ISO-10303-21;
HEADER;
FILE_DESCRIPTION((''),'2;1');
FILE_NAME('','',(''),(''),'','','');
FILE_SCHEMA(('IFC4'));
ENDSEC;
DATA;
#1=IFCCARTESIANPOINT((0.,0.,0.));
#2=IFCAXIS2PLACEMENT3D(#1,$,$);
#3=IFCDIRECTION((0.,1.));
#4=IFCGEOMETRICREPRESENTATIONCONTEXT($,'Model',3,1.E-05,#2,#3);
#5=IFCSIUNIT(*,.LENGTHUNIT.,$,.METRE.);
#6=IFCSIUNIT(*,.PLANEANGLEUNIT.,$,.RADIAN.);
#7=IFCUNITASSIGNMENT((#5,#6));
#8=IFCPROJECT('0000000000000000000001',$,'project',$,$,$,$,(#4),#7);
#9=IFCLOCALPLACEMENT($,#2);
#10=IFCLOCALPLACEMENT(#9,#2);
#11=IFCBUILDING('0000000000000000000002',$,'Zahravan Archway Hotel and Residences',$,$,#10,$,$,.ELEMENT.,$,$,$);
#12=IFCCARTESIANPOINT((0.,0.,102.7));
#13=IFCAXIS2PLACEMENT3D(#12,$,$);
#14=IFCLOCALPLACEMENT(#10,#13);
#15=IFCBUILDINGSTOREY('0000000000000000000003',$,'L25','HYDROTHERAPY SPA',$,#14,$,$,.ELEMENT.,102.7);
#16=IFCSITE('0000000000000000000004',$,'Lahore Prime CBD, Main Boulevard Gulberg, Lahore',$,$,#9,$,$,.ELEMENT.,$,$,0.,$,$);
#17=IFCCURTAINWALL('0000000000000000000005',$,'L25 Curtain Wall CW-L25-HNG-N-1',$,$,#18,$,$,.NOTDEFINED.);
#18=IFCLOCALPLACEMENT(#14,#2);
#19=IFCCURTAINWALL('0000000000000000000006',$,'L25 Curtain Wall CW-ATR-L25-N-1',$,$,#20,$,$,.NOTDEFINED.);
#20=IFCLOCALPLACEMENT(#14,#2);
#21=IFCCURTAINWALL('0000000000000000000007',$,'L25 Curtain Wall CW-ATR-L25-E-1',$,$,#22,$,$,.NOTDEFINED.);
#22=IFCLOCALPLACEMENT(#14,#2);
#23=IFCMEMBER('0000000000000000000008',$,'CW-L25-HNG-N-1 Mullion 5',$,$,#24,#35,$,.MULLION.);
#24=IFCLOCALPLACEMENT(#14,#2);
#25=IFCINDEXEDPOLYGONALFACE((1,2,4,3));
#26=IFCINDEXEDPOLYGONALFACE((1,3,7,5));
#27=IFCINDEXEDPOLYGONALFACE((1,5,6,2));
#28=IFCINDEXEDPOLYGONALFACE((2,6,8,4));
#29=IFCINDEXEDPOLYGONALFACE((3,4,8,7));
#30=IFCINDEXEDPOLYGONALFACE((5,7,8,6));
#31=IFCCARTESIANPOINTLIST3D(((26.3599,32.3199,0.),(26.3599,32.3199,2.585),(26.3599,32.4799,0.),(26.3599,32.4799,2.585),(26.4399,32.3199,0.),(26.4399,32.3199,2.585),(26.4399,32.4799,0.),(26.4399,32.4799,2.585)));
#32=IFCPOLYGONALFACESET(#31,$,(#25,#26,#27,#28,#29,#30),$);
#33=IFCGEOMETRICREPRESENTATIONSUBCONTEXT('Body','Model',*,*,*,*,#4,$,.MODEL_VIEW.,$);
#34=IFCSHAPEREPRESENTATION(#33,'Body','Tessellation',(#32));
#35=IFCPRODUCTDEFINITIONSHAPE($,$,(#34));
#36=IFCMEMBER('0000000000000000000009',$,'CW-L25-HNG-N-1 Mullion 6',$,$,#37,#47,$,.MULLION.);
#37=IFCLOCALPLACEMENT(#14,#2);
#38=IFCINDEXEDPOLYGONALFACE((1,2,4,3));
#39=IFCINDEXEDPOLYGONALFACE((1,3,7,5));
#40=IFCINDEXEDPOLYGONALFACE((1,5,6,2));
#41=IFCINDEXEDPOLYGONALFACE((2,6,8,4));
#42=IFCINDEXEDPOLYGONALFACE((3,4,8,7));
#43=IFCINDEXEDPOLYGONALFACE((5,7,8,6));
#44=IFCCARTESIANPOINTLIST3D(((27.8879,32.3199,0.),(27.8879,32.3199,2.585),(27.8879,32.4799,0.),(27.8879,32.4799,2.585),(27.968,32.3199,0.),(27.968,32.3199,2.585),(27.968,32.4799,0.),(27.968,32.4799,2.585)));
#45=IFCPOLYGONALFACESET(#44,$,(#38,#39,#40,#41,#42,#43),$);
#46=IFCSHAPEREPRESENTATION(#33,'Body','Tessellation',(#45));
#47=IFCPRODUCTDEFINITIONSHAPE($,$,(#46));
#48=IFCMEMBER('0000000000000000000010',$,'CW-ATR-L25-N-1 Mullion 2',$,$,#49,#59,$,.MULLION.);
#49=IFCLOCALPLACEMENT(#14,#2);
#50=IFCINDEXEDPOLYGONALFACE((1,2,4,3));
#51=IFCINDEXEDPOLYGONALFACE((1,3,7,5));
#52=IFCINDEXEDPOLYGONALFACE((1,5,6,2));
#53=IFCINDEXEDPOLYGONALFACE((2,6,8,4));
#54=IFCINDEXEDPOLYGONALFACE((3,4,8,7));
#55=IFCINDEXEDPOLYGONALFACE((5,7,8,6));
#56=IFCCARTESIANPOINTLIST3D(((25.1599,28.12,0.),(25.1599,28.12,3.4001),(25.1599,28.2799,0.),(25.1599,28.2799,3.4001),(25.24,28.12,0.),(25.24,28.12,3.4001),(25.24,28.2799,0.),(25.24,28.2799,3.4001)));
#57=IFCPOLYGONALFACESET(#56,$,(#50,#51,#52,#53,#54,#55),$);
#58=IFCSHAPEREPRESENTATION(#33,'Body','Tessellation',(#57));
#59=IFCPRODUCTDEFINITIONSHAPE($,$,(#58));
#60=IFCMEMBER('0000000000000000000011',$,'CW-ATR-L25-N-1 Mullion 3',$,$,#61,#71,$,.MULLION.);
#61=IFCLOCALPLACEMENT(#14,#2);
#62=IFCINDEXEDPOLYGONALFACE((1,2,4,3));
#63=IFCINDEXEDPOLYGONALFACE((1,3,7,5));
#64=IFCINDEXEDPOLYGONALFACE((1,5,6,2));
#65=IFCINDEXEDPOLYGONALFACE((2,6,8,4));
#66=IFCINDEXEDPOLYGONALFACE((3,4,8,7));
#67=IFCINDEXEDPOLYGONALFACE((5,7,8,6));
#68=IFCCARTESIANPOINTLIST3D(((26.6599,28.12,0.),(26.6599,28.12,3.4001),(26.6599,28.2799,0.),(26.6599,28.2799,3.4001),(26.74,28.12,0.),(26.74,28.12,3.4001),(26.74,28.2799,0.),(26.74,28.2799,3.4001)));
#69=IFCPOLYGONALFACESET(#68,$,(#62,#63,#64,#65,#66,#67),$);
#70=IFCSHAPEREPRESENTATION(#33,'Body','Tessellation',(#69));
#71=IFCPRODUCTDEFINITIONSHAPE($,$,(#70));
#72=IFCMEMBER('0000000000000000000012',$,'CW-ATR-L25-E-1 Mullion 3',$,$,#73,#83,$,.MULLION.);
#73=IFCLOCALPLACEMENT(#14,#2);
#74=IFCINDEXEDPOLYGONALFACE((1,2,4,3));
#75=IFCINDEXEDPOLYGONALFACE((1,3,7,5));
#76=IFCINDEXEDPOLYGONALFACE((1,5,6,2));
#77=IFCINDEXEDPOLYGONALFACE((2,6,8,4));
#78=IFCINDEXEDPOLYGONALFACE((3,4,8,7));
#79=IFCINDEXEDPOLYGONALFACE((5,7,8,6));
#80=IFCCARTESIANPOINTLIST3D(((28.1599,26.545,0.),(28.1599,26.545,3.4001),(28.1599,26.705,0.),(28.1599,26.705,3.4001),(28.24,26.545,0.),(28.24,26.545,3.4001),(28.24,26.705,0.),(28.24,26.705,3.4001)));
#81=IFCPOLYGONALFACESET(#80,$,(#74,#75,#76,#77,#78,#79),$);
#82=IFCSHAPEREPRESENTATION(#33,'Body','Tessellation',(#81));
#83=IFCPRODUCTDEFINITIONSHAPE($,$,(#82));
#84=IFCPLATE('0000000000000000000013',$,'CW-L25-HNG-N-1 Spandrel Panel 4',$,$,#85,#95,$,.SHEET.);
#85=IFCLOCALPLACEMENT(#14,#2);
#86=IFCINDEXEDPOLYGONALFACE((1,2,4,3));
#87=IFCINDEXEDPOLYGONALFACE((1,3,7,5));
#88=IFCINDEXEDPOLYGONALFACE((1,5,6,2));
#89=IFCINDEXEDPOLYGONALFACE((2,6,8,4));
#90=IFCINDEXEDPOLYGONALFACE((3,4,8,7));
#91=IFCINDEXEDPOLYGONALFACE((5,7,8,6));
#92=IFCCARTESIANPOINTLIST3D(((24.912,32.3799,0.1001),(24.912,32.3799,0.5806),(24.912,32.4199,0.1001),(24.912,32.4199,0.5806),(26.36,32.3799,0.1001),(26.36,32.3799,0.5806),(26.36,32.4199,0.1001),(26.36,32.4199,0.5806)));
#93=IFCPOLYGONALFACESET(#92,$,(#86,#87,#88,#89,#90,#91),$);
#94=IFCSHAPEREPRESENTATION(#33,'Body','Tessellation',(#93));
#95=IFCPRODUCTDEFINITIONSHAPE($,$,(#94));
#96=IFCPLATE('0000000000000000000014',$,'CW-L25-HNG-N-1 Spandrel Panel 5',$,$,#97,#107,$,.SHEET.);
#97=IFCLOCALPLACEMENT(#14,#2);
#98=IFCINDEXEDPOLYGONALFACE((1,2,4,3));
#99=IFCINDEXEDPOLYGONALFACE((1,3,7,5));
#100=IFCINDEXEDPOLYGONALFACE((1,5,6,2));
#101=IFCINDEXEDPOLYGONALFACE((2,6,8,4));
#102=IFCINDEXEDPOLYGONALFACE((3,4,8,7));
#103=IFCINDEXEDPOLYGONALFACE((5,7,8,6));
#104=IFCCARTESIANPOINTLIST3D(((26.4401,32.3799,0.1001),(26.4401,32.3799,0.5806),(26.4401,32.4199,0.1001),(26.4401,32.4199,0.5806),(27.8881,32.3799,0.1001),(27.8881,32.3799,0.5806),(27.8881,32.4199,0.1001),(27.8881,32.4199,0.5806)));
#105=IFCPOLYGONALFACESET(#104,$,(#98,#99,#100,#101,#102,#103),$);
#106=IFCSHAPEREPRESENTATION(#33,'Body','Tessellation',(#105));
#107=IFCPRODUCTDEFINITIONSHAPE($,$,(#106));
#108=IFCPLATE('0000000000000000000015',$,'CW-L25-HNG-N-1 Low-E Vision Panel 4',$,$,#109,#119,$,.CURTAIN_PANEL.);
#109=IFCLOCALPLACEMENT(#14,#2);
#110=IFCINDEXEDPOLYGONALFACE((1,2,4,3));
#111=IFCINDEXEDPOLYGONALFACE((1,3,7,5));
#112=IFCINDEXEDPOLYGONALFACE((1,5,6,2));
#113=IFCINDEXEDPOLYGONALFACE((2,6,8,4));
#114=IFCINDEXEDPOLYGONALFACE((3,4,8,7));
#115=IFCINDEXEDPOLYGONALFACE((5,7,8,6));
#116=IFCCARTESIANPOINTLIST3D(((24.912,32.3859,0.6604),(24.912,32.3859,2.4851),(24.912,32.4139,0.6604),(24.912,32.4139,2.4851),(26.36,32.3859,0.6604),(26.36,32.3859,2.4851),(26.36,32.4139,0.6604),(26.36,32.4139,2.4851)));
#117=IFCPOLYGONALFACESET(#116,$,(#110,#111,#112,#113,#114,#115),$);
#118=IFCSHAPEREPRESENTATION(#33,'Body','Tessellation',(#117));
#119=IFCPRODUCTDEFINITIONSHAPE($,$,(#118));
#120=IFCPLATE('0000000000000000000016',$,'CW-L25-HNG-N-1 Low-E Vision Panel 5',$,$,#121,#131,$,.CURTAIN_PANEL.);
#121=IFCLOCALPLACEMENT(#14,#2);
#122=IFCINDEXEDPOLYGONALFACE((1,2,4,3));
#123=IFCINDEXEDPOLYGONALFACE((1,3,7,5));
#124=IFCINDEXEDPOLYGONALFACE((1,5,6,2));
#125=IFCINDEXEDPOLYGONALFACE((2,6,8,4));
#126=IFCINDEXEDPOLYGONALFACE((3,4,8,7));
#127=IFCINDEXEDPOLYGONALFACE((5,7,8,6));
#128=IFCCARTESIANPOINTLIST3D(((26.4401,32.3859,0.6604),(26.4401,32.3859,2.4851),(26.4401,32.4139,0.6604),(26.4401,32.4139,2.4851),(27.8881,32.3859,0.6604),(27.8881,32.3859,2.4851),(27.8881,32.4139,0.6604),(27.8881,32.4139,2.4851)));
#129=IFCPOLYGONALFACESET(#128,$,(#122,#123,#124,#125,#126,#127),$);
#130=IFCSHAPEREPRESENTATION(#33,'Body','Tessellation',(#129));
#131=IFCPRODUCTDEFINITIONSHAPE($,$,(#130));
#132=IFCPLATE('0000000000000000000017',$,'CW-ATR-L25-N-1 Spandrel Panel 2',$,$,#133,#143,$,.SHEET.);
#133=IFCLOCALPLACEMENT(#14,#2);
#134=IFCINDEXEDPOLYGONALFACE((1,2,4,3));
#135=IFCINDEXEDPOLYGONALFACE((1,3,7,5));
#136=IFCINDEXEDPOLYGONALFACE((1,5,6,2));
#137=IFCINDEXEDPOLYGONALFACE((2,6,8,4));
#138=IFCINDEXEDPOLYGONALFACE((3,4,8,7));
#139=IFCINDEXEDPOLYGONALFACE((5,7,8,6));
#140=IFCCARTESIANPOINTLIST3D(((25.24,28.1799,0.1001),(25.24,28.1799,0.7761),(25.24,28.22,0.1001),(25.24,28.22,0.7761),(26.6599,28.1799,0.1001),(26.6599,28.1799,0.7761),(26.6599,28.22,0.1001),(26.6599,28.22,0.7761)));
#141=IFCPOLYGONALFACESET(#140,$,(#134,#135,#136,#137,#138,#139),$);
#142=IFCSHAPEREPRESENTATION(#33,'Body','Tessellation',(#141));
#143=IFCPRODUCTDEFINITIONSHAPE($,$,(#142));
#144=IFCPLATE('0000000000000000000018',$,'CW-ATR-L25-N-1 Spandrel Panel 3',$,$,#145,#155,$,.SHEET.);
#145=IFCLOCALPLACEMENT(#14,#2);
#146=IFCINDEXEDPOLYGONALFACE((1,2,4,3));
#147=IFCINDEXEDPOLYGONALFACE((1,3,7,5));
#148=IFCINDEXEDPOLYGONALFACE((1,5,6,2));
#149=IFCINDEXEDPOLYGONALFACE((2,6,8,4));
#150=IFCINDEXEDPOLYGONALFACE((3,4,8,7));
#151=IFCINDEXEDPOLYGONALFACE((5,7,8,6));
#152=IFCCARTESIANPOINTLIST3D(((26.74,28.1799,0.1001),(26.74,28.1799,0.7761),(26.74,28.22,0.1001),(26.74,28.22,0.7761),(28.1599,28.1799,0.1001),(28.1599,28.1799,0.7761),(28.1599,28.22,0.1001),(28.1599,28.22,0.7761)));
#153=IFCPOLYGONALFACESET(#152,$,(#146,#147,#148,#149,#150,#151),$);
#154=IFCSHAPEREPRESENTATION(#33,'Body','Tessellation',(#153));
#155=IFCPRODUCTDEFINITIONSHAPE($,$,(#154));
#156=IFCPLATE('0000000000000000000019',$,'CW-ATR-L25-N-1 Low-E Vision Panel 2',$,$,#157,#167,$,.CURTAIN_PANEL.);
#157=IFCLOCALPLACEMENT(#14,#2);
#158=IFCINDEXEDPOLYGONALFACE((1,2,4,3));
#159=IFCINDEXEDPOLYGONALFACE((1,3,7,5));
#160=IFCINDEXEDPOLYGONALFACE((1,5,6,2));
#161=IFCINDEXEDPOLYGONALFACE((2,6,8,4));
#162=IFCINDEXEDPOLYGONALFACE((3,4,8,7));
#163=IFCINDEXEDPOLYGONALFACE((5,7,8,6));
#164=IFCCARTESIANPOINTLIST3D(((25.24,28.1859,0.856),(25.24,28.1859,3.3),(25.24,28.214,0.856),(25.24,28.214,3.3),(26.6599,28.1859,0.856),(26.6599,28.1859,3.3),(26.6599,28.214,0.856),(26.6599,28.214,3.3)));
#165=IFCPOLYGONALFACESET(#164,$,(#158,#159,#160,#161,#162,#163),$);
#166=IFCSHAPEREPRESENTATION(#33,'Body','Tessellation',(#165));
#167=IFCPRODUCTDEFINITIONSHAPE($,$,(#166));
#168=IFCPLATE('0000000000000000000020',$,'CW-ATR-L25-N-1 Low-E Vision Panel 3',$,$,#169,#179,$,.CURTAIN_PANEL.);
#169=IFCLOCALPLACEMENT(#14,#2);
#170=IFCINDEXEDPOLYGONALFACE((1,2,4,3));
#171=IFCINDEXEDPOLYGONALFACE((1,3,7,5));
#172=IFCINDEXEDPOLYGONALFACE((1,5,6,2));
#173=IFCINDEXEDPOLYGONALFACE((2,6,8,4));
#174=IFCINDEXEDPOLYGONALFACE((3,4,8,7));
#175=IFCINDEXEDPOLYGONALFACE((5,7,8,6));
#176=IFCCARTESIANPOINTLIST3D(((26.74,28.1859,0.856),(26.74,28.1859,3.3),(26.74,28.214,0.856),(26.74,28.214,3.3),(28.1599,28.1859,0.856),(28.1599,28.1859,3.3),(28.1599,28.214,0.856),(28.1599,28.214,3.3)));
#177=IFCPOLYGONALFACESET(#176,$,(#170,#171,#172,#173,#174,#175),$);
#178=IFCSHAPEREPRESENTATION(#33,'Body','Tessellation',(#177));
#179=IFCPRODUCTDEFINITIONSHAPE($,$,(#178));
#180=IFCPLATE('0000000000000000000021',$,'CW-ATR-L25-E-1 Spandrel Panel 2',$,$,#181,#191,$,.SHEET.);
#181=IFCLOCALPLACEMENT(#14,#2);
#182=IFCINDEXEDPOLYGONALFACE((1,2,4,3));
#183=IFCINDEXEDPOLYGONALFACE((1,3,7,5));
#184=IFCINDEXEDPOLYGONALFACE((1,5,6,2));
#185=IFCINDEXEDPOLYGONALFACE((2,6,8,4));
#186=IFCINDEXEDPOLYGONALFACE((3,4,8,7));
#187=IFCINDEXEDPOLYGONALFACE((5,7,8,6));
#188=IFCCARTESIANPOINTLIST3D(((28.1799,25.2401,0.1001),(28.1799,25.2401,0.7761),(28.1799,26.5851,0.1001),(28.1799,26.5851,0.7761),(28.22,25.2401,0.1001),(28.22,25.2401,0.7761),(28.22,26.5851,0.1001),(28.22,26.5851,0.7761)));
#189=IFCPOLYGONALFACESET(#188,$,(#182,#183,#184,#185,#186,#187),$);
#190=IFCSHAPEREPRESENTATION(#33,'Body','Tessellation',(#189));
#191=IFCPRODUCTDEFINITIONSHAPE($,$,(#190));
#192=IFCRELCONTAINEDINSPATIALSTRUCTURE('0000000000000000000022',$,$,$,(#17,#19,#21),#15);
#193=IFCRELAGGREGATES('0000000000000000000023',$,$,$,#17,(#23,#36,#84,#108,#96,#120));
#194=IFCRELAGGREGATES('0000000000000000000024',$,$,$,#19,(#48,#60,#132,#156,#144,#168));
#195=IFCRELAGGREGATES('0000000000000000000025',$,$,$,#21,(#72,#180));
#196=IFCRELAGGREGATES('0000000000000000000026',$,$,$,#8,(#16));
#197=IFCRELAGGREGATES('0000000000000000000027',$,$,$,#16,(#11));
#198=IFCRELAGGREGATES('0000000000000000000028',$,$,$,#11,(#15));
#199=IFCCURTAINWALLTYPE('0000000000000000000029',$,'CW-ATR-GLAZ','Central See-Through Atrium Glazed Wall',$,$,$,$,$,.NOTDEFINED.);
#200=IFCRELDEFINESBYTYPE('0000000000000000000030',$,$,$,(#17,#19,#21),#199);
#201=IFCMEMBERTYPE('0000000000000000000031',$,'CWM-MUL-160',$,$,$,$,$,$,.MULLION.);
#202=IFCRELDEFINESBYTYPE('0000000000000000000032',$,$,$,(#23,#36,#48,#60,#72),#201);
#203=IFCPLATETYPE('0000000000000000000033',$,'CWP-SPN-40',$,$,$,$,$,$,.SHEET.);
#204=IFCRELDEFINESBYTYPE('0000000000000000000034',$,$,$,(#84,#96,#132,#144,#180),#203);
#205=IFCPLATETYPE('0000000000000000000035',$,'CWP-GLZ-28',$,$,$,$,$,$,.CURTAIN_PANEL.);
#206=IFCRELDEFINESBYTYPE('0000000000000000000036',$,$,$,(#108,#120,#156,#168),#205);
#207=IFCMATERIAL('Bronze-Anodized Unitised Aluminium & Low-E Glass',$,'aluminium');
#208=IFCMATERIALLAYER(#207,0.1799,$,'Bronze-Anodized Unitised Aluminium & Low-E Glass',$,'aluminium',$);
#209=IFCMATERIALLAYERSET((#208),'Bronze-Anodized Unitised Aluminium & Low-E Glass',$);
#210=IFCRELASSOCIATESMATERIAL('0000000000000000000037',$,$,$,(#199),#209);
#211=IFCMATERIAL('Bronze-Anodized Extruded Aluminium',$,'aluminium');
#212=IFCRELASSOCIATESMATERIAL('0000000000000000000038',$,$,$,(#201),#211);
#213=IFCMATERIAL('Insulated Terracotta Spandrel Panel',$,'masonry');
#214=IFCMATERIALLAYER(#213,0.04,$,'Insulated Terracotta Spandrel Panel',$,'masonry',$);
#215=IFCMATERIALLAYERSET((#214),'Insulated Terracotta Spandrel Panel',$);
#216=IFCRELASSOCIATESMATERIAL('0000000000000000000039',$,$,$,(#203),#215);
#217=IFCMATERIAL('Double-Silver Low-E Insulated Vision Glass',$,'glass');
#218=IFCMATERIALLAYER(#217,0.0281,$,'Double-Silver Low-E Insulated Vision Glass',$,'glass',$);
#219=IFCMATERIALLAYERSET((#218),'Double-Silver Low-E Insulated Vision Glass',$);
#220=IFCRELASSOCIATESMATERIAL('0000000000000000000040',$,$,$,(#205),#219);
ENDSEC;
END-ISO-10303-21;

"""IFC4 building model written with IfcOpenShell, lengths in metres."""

from ifc_helpers import new_model, si_unit, direction, frame, origin, origin_2d, place, context, subcontext, project, spatial, rectangle, extrude, source, transform, mapped, material, layer, layer_set, material_profile, profile_set, type_object, element, aggregate, save


model = new_model("IFC4")

# Units and contexts
model_context = context("Model", 3, precision=1e-05, world=origin(), true_north=direction((0.0, 1.0)))
body_context = subcontext(model_context, "Body", "Model", "MODEL_VIEW")
ifc_project = project(units=[si_unit("LENGTHUNIT", "METRE"), si_unit("PLANEANGLEUNIT", "RADIAN")], contexts=[model_context])

# Site, building, storey
site_placement = place(None, origin())
site = spatial("IfcSite", under=ifc_project, at=site_placement, Name="Lahore Prime CBD, Main Boulevard Gulberg, Lahore", CompositionType="ELEMENT", RefElevation=0.0)
building_placement = place(site_placement, origin())
building = spatial("IfcBuilding", under=site, at=building_placement, Name="Zahravan Archway Hotel and Residences", CompositionType="ELEMENT")
storey_placement = place(building_placement, frame((0.0, 0.0, 102.7)))
storey = spatial("IfcBuildingStorey", under=building, at=storey_placement, Name="L25", Description="HYDROTHERAPY SPA", CompositionType="ELEMENT", Elevation=102.7)

# Curtain walls
ifc_material_1 = material(Name="Bronze-Anodized Unitised Aluminium & Low-E Glass", Category="aluminium")
ifc_layer_1 = layer(ifc_material_1, 0.1799, Name="Bronze-Anodized Unitised Aluminium & Low-E Glass", Category="aluminium")
ifc_layer_set_1 = layer_set([ifc_layer_1], Name="Bronze-Anodized Unitised Aluminium & Low-E Glass")
curtain_wall_type = type_object("IfcCurtainWallType", Name="CW-ATR-GLAZ", Description="Central See-Through Atrium Glazed Wall", PredefinedType="NOTDEFINED", material=ifc_layer_set_1)
curtain_wall_1_placement = place(storey_placement, origin())
curtain_wall_1 = element("IfcCurtainWall", 1, at=curtain_wall_1_placement, inside=storey, type_object=curtain_wall_type, Name="L25 Curtain Wall CW-L25-HNG-N-1", PredefinedType="NOTDEFINED")
ifc_material_2 = material(Name="Bronze-Anodized Extruded Aluminium", Category="aluminium")
curtain_wall_2_placement = place(storey_placement, origin())
curtain_wall_2 = element("IfcCurtainWall", 2, at=curtain_wall_2_placement, inside=storey, type_object=curtain_wall_type, Name="L25 Curtain Wall CW-ATR-L25-N-1", PredefinedType="NOTDEFINED")
curtain_wall_3_placement = place(storey_placement, origin())
curtain_wall_3 = element("IfcCurtainWall", 3, at=curtain_wall_3_placement, inside=storey, type_object=curtain_wall_type, Name="L25 Curtain Wall CW-ATR-L25-E-1", PredefinedType="NOTDEFINED")

# Members
ifc_material_profile_1 = material_profile(ifc_material_2, rectangle(XDim=0.0801, YDim=0.1599, at=origin_2d()), Name="MUL 80x160", Category="aluminium")
ifc_profile_set_1 = profile_set([ifc_material_profile_1], Name="Bronze-Anodized Extruded Aluminium")
member_type_1 = type_object("IfcMemberType", Name="CWM-MUL-160", PredefinedType="MULLION", material=ifc_profile_set_1)
shared_shape_1 = source(origin(), body_context, "Body", "SweptSolid", [
    extrude(rectangle(XDim=0.0801, YDim=0.1599, at=origin_2d()), origin(), (0.0, 0.0, 1.0), 2.585),
])
member_1_placement = place(storey_placement, frame((26.3999, 32.3999, 0.0), z_axis=(0.0, 0.0, 1.0), x_axis=(1.0, 0.0, 0.0)))
member_1 = element("IfcMember", 4, at=member_1_placement, type_object=member_type_1, Name="CW-L25-HNG-N-1 Mullion 5", PredefinedType="MULLION", context=body_context, shape_type="MappedRepresentation", body=[
    mapped(shared_shape_1, transform((0.0, 0.0, 0.0), scale=1.0)),
])
member_2_placement = place(storey_placement, frame((27.928, 32.3999, 0.0), z_axis=(0.0, 0.0, 1.0), x_axis=(1.0, 0.0, 0.0)))
member_2 = element("IfcMember", 5, at=member_2_placement, type_object=member_type_1, Name="CW-L25-HNG-N-1 Mullion 6", PredefinedType="MULLION", context=body_context, shape_type="MappedRepresentation", body=[
    mapped(shared_shape_1, transform((0.0, 0.0, 0.0), scale=1.0)),
])
shared_shape_2 = source(origin(), body_context, "Body", "SweptSolid", [
    extrude(rectangle(XDim=0.0801, YDim=0.1599, at=origin_2d()), origin(), (0.0, 0.0, 1.0), 3.4001),
])
member_3_placement = place(storey_placement, frame((25.2, 28.2, 0.0), z_axis=(0.0, 0.0, 1.0), x_axis=(1.0, 0.0, 0.0)))
member_3 = element("IfcMember", 6, at=member_3_placement, type_object=member_type_1, Name="CW-ATR-L25-N-1 Mullion 2", PredefinedType="MULLION", context=body_context, shape_type="MappedRepresentation", body=[
    mapped(shared_shape_2, transform((0.0, 0.0, 0.0), scale=1.0)),
])
member_4_placement = place(storey_placement, frame((26.7, 28.2, 0.0), z_axis=(0.0, 0.0, 1.0), x_axis=(1.0, 0.0, 0.0)))
member_4 = element("IfcMember", 7, at=member_4_placement, type_object=member_type_1, Name="CW-ATR-L25-N-1 Mullion 3", PredefinedType="MULLION", context=body_context, shape_type="MappedRepresentation", body=[
    mapped(shared_shape_2, transform((0.0, 0.0, 0.0), scale=1.0)),
])
member_5_placement = place(storey_placement, frame((28.2, 26.625, 0.0), z_axis=(0.0, 0.0, 1.0), x_axis=(1.0, 0.0, 0.0)))
member_5 = element("IfcMember", 8, at=member_5_placement, type_object=member_type_1, Name="CW-ATR-L25-E-1 Mullion 3", PredefinedType="MULLION", context=body_context, shape_type="MappedRepresentation", body=[
    mapped(shared_shape_2, transform((0.0, 0.0, 0.0), scale=1.0)),
])

# Plates
ifc_material_3 = material(Name="Insulated Terracotta Spandrel Panel", Category="masonry")
ifc_layer_2 = layer(ifc_material_3, 0.04, Name="Insulated Terracotta Spandrel Panel", Category="masonry")
ifc_layer_set_2 = layer_set([ifc_layer_2], Name="Insulated Terracotta Spandrel Panel")
plate_type_1 = type_object("IfcPlateType", Name="CWP-SPN-40", PredefinedType="SHEET", material=ifc_layer_set_2)
shared_shape_3 = source(origin(), body_context, "Body", "SweptSolid", [
    extrude(rectangle(XDim=1.448, YDim=0.04, at=origin_2d()), origin(), (0.0, 0.0, 1.0), 0.4805),
])
plate_1_placement = place(storey_placement, frame((25.636, 32.3999, 0.1001), z_axis=(0.0, 0.0, 1.0), x_axis=(1.0, 0.0, 0.0)))
plate_1 = element("IfcPlate", 9, at=plate_1_placement, type_object=plate_type_1, Name="CW-L25-HNG-N-1 Spandrel Panel 4", PredefinedType="SHEET", context=body_context, shape_type="MappedRepresentation", body=[
    mapped(shared_shape_3, transform((0.0, 0.0, 0.0), scale=1.0)),
])
plate_2_placement = place(storey_placement, frame((27.1641, 32.3999, 0.1001), z_axis=(0.0, 0.0, 1.0), x_axis=(1.0, 0.0, 0.0)))
plate_2 = element("IfcPlate", 10, at=plate_2_placement, type_object=plate_type_1, Name="CW-L25-HNG-N-1 Spandrel Panel 5", PredefinedType="SHEET", context=body_context, shape_type="MappedRepresentation", body=[
    mapped(shared_shape_3, transform((0.0, 0.0, 0.0), scale=1.0)),
])
ifc_material_4 = material(Name="Double-Silver Low-E Insulated Vision Glass", Category="glass")
ifc_layer_3 = layer(ifc_material_4, 0.0281, Name="Double-Silver Low-E Insulated Vision Glass", Category="glass")
ifc_layer_set_3 = layer_set([ifc_layer_3], Name="Double-Silver Low-E Insulated Vision Glass")
plate_type_2 = type_object("IfcPlateType", Name="CWP-GLZ-28", PredefinedType="CURTAIN_PANEL", material=ifc_layer_set_3)
shared_shape_4 = source(origin(), body_context, "Body", "SweptSolid", [
    extrude(rectangle(XDim=1.448, YDim=0.0281, at=origin_2d()), origin(), (0.0, 0.0, 1.0), 1.8247),
])
plate_3_placement = place(storey_placement, frame((25.636, 32.3999, 0.6604), z_axis=(0.0, 0.0, 1.0), x_axis=(1.0, 0.0, 0.0)))
plate_3 = element("IfcPlate", 11, at=plate_3_placement, type_object=plate_type_2, Name="CW-L25-HNG-N-1 Low-E Vision Panel 4", PredefinedType="CURTAIN_PANEL", context=body_context, shape_type="MappedRepresentation", body=[
    mapped(shared_shape_4, transform((0.0, 0.0, 0.0), scale=1.0)),
])
plate_4_placement = place(storey_placement, frame((27.1641, 32.3999, 0.6604), z_axis=(0.0, 0.0, 1.0), x_axis=(1.0, 0.0, 0.0)))
plate_4 = element("IfcPlate", 12, at=plate_4_placement, type_object=plate_type_2, Name="CW-L25-HNG-N-1 Low-E Vision Panel 5", PredefinedType="CURTAIN_PANEL", context=body_context, shape_type="MappedRepresentation", body=[
    mapped(shared_shape_4, transform((0.0, 0.0, 0.0), scale=1.0)),
])
aggregate(curtain_wall_1, [member_1, member_2, plate_1, plate_3, plate_2, plate_4])
shared_shape_5 = source(origin(), body_context, "Body", "SweptSolid", [
    extrude(rectangle(XDim=1.4199, YDim=0.04, at=origin_2d()), origin(), (0.0, 0.0, 1.0), 0.676),
])
plate_5_placement = place(storey_placement, frame((25.95, 28.2, 0.1001), z_axis=(0.0, 0.0, 1.0), x_axis=(1.0, 0.0, 0.0)))
plate_5 = element("IfcPlate", 13, at=plate_5_placement, type_object=plate_type_1, Name="CW-ATR-L25-N-1 Spandrel Panel 2", PredefinedType="SHEET", context=body_context, shape_type="MappedRepresentation", body=[
    mapped(shared_shape_5, transform((0.0, 0.0, 0.0), scale=1.0)),
])
plate_6_placement = place(storey_placement, frame((27.45, 28.2, 0.1001), z_axis=(0.0, 0.0, 1.0), x_axis=(1.0, 0.0, 0.0)))
plate_6 = element("IfcPlate", 14, at=plate_6_placement, type_object=plate_type_1, Name="CW-ATR-L25-N-1 Spandrel Panel 3", PredefinedType="SHEET", context=body_context, shape_type="MappedRepresentation", body=[
    mapped(shared_shape_5, transform((0.0, 0.0, 0.0), scale=1.0)),
])
shared_shape_6 = source(origin(), body_context, "Body", "SweptSolid", [
    extrude(rectangle(XDim=1.4199, YDim=0.0281, at=origin_2d()), origin(), (0.0, 0.0, 1.0), 2.4441),
])
plate_7_placement = place(storey_placement, frame((25.95, 28.2, 0.856), z_axis=(0.0, 0.0, 1.0), x_axis=(1.0, 0.0, 0.0)))
plate_7 = element("IfcPlate", 15, at=plate_7_placement, type_object=plate_type_2, Name="CW-ATR-L25-N-1 Low-E Vision Panel 2", PredefinedType="CURTAIN_PANEL", context=body_context, shape_type="MappedRepresentation", body=[
    mapped(shared_shape_6, transform((0.0, 0.0, 0.0), scale=1.0)),
])
plate_8_placement = place(storey_placement, frame((27.45, 28.2, 0.856), z_axis=(0.0, 0.0, 1.0), x_axis=(1.0, 0.0, 0.0)))
plate_8 = element("IfcPlate", 16, at=plate_8_placement, type_object=plate_type_2, Name="CW-ATR-L25-N-1 Low-E Vision Panel 3", PredefinedType="CURTAIN_PANEL", context=body_context, shape_type="MappedRepresentation", body=[
    mapped(shared_shape_6, transform((0.0, 0.0, 0.0), scale=1.0)),
])
aggregate(curtain_wall_2, [member_3, member_4, plate_5, plate_7, plate_6, plate_8])
shared_shape_7 = source(origin(), body_context, "Body", "SweptSolid", [
    extrude(rectangle(XDim=1.345, YDim=0.04, at=origin_2d()), origin(), (0.0, 0.0, 1.0), 0.676),
])
plate_9_placement = place(storey_placement, frame((28.2, 25.9126, 0.1001), z_axis=(0.0, 0.0, 1.0), x_axis=(0.0, 1.0, 0.0)))
plate_9 = element("IfcPlate", 17, at=plate_9_placement, type_object=plate_type_1, Name="CW-ATR-L25-E-1 Spandrel Panel 2", PredefinedType="SHEET", context=body_context, shape_type="MappedRepresentation", body=[
    mapped(shared_shape_7, transform((0.0, 0.0, 0.0), scale=1.0)),
])
aggregate(curtain_wall_3, [member_5, plate_9])

save(model, "model.ifc")
